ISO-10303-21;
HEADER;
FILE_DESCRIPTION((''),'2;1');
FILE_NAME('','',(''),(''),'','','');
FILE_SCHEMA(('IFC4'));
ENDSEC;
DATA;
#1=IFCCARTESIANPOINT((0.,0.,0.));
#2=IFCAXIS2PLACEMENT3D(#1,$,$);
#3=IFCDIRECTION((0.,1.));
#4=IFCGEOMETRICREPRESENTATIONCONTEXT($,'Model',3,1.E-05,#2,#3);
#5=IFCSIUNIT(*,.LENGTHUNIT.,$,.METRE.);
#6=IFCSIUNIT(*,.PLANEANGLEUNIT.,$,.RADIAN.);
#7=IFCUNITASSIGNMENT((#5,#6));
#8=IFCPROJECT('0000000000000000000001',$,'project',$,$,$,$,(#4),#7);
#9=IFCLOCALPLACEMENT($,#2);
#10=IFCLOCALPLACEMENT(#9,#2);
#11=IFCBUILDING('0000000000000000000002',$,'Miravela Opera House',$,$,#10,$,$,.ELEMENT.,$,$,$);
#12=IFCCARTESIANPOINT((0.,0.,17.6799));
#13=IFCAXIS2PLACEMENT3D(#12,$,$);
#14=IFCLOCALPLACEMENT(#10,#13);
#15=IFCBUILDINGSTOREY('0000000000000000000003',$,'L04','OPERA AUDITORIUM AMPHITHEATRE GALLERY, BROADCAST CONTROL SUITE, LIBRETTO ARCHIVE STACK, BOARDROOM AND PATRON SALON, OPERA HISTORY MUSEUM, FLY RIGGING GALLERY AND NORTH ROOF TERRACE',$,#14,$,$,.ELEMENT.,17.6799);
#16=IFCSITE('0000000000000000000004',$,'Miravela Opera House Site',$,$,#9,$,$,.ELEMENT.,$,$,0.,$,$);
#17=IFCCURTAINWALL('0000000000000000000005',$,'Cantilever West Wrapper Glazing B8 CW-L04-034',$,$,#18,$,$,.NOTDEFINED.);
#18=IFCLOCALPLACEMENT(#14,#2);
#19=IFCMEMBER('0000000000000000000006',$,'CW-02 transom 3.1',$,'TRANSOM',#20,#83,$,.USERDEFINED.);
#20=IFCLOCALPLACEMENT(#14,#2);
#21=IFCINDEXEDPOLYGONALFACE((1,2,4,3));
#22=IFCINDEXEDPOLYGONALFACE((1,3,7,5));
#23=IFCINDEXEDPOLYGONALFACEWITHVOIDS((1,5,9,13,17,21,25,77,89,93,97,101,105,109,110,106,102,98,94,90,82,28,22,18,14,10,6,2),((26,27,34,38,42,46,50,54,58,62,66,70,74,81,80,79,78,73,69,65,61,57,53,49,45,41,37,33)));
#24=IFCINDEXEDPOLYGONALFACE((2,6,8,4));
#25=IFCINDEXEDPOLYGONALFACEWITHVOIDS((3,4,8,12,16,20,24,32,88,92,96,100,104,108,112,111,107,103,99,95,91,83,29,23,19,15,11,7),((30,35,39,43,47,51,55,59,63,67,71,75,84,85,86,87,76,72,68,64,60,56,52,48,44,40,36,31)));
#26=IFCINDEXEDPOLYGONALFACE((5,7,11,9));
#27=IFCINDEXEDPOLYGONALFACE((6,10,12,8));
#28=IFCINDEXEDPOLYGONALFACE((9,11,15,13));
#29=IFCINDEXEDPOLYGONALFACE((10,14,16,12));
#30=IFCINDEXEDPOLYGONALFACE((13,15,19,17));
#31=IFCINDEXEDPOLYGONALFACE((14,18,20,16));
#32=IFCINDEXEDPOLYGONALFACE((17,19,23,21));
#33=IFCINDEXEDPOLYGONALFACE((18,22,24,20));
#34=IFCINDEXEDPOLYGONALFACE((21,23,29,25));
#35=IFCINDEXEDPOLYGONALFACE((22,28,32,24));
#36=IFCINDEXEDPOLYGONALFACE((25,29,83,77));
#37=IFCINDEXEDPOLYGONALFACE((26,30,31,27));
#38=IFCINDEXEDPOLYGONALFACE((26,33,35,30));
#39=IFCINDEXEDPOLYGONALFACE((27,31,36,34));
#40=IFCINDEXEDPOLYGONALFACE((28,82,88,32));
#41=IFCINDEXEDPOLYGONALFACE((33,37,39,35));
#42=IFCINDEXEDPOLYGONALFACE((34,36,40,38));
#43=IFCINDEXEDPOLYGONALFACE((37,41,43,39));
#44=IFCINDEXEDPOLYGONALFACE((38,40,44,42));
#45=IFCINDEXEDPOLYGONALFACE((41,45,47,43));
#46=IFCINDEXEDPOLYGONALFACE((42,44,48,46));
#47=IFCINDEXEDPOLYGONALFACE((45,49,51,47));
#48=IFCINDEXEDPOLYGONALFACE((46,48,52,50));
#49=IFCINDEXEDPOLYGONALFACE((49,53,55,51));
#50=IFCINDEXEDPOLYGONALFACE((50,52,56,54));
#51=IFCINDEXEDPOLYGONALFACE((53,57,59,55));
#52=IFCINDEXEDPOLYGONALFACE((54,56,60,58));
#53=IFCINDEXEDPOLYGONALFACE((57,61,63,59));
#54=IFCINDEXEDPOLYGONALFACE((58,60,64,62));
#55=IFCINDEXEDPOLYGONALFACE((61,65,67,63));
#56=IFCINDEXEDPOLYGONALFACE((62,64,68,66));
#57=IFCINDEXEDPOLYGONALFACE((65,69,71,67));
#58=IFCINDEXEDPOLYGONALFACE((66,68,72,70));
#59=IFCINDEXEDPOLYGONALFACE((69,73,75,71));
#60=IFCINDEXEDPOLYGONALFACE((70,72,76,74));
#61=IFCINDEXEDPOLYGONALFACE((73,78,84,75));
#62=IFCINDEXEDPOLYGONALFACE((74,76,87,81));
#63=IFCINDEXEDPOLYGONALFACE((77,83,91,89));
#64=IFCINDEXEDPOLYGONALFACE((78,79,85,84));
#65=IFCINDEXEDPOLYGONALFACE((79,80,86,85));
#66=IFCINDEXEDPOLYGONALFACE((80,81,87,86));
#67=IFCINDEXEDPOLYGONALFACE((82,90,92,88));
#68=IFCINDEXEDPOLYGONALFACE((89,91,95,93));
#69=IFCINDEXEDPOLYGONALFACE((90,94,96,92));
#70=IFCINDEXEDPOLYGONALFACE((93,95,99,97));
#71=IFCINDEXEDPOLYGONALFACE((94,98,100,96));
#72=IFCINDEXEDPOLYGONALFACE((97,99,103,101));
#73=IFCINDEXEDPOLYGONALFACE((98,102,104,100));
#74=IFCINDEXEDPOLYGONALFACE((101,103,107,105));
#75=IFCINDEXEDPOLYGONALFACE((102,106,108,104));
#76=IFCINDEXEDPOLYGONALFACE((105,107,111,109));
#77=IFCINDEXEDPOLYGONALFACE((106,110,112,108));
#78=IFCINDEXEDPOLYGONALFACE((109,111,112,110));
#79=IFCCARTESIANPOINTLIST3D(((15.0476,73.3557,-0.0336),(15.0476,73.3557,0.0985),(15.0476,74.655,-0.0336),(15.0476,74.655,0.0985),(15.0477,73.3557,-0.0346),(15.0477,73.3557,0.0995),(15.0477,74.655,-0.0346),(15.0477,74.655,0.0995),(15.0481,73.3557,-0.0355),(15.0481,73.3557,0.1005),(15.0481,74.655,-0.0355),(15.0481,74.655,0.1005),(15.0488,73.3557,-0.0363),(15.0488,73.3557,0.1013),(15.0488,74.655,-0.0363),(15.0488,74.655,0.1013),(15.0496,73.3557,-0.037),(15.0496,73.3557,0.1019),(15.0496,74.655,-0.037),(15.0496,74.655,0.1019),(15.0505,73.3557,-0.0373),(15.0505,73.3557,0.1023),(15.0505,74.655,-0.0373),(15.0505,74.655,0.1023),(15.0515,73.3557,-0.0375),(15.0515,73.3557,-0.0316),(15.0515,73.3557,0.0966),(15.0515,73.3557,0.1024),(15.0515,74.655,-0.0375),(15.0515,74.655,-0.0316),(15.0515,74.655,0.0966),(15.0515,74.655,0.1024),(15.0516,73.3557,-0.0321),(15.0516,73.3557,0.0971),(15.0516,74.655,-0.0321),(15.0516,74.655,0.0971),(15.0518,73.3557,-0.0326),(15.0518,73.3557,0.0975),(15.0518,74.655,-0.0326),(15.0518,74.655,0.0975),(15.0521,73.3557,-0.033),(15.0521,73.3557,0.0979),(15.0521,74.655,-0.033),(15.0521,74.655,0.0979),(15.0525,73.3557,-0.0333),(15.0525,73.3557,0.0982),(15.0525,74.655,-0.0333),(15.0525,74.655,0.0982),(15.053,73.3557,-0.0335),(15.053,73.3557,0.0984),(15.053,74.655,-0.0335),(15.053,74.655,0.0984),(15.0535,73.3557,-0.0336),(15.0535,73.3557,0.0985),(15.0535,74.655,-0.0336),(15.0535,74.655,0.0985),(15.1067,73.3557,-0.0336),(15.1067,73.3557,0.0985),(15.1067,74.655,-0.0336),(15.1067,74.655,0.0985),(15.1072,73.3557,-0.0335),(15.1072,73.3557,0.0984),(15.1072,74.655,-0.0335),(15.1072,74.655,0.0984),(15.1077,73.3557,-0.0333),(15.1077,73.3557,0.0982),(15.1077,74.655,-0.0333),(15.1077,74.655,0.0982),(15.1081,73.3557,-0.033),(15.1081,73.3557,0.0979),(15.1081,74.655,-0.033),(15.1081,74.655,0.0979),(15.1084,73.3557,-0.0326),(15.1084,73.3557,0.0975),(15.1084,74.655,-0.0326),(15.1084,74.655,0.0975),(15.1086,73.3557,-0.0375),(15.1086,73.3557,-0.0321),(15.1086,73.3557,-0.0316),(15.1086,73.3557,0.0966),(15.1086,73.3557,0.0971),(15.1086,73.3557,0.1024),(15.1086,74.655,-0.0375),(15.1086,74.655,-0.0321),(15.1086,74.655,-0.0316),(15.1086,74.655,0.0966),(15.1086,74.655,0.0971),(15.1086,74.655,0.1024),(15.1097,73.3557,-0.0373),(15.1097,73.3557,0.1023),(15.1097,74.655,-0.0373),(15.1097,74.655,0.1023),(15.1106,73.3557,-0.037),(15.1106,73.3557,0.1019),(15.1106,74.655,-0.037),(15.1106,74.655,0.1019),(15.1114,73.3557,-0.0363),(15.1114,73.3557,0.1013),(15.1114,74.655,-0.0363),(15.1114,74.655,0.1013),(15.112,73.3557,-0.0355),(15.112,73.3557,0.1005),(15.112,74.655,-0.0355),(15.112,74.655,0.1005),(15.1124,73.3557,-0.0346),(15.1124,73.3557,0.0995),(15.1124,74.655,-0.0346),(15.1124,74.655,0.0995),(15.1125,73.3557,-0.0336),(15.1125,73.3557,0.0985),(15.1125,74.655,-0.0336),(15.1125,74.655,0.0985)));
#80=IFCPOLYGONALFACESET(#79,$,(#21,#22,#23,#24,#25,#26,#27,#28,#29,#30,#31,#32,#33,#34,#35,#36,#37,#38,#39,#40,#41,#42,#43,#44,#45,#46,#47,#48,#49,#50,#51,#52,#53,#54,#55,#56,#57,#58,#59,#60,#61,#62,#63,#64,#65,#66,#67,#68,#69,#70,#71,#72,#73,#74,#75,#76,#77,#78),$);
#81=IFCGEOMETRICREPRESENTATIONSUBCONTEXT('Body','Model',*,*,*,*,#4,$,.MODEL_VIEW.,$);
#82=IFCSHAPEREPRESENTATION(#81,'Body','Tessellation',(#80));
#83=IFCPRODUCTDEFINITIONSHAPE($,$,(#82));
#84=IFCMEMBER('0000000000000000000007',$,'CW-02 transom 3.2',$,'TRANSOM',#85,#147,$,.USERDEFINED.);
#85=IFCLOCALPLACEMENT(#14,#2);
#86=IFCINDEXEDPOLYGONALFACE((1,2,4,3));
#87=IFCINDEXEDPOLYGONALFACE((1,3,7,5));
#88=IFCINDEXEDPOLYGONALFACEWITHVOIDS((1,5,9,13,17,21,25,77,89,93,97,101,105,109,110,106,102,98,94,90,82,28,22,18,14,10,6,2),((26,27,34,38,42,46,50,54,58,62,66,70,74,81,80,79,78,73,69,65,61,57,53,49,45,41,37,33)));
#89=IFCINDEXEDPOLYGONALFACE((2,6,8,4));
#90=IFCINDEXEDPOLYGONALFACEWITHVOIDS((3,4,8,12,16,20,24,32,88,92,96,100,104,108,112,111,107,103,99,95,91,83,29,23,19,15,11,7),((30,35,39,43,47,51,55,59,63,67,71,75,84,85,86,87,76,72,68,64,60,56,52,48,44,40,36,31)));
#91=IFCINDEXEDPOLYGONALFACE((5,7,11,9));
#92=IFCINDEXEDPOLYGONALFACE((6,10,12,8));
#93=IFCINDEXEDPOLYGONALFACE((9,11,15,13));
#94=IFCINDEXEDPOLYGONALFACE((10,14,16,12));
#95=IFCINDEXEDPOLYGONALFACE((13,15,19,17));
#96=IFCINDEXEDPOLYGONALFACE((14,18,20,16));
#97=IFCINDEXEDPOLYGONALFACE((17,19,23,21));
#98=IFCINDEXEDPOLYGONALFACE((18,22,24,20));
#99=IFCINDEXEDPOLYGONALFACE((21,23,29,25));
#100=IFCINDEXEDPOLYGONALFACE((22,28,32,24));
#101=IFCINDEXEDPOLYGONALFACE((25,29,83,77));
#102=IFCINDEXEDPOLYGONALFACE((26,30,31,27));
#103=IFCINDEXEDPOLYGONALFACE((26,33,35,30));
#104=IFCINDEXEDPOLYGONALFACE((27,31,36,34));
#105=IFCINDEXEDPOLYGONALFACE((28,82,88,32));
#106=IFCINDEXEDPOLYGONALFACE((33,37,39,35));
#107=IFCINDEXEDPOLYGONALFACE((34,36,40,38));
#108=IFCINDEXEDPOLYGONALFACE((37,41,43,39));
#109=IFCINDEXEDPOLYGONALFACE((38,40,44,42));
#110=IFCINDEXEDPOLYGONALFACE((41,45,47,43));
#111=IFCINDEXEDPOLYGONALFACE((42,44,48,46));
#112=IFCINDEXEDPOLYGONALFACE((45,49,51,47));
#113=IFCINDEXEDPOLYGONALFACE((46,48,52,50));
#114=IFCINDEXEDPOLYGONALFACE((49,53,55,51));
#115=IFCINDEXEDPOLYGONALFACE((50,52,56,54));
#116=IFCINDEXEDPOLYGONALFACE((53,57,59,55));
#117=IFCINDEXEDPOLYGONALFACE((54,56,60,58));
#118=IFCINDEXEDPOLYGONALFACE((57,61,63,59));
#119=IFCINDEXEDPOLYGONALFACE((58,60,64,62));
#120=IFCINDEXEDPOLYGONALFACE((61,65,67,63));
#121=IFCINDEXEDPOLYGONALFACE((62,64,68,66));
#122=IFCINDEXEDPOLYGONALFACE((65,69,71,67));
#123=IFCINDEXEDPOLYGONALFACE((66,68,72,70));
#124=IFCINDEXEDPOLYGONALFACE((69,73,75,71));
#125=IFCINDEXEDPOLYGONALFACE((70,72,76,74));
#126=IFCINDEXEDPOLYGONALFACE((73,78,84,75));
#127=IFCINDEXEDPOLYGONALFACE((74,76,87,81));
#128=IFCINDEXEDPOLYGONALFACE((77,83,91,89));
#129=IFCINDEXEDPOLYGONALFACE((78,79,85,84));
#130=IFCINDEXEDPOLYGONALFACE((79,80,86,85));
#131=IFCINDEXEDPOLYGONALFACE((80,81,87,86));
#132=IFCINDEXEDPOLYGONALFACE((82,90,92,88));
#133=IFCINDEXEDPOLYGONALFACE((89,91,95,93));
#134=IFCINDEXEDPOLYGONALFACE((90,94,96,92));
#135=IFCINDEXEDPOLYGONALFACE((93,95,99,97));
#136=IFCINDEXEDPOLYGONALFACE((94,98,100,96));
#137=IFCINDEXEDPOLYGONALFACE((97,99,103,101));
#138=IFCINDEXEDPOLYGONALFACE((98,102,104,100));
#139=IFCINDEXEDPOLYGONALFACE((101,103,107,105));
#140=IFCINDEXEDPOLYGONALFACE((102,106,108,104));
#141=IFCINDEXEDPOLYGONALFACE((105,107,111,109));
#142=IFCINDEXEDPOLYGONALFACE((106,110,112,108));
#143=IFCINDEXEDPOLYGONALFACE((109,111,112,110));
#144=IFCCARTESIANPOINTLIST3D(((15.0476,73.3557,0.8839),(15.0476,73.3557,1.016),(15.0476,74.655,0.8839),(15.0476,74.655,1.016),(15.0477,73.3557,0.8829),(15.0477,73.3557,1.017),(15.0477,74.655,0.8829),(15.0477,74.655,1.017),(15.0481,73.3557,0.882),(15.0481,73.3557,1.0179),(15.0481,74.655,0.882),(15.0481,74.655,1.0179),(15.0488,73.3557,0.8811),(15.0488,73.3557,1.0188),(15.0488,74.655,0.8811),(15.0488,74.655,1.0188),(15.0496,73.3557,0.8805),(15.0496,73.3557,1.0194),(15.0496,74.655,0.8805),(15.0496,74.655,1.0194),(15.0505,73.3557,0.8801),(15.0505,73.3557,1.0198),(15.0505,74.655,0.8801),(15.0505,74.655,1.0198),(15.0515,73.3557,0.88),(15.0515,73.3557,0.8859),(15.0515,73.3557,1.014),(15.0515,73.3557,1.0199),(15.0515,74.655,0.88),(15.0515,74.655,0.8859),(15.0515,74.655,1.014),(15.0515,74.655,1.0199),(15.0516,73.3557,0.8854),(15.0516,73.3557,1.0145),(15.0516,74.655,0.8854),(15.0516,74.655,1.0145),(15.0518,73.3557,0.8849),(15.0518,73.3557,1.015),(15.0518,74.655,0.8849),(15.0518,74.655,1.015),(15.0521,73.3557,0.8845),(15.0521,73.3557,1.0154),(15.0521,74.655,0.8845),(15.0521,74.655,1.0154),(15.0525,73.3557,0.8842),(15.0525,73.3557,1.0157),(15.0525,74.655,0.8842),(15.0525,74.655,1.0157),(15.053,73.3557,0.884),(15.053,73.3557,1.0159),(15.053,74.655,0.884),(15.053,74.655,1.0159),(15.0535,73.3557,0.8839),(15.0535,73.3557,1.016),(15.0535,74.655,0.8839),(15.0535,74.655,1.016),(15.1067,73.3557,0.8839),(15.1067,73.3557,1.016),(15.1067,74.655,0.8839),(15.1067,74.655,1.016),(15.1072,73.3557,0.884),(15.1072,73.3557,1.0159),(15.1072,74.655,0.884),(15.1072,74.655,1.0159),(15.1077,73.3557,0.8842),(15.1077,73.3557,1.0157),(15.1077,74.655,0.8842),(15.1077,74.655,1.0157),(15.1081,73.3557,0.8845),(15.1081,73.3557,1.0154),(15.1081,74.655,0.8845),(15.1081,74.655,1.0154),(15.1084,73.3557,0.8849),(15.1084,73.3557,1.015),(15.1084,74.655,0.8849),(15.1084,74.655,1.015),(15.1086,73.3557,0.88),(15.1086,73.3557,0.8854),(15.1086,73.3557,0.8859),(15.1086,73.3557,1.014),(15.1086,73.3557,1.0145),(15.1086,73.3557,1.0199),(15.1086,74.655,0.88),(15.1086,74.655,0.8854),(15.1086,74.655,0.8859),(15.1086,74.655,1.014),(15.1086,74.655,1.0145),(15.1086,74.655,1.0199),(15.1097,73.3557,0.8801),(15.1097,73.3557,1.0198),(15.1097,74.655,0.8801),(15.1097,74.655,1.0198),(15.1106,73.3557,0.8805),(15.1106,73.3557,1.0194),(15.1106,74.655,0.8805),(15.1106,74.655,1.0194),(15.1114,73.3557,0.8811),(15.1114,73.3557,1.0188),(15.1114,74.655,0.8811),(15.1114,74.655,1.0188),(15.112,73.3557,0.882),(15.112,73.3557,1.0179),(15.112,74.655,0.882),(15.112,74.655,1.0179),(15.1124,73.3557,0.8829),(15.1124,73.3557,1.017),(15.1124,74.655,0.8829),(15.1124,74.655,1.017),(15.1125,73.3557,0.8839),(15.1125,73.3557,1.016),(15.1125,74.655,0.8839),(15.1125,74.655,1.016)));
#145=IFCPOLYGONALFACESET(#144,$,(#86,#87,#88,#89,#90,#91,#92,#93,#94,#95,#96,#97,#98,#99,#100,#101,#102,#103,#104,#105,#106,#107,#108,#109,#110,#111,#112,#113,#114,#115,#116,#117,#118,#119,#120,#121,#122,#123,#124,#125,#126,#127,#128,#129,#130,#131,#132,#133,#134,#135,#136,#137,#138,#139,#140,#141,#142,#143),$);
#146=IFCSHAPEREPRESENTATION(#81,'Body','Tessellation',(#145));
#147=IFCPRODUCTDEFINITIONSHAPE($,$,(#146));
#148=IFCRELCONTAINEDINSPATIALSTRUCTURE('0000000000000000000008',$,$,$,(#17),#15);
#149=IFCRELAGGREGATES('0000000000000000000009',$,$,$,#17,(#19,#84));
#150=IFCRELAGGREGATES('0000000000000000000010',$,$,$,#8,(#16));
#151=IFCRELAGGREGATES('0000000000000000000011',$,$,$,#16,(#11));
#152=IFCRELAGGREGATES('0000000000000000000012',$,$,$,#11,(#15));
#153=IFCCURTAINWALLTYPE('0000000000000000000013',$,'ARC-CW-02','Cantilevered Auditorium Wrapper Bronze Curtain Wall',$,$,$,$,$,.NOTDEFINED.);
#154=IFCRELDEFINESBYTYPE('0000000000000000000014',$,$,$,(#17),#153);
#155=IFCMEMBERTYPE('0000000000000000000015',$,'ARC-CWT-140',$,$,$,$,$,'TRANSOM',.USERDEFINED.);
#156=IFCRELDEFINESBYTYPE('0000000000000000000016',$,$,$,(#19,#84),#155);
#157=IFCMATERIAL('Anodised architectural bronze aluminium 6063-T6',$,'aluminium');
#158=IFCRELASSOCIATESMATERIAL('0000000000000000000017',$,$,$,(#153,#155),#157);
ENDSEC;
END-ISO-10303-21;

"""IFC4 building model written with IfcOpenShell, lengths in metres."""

from ifc_helpers import new_model, si_unit, direction, frame, origin, origin_2d, place, context, subcontext, project, spatial, hollow_rectangle, extrude, material, material_profile, profile_set, type_object, element, aggregate, save


model = new_model("IFC4")

# Units and contexts
model_context = context("Model", 3, precision=1e-05, world=origin(), true_north=direction((0.0, 1.0)))
body_context = subcontext(model_context, "Body", "Model", "MODEL_VIEW")
ifc_project = project(units=[si_unit("LENGTHUNIT", "METRE"), si_unit("PLANEANGLEUNIT", "RADIAN")], contexts=[model_context])

# Site, building, storey
site_placement = place(None, origin())
site = spatial("IfcSite", under=ifc_project, at=site_placement, Name="Miravela Opera House Site", CompositionType="ELEMENT", RefElevation=0.0)
building_placement = place(site_placement, origin())
building = spatial("IfcBuilding", under=site, at=building_placement, Name="Miravela Opera House", CompositionType="ELEMENT")
storey_placement = place(building_placement, frame((0.0, 0.0, 17.6799)))
storey = spatial("IfcBuildingStorey", under=building, at=storey_placement, Name="L04", Description="OPERA AUDITORIUM AMPHITHEATRE GALLERY, BROADCAST CONTROL SUITE, LIBRETTO ARCHIVE STACK, BOARDROOM AND PATRON SALON, OPERA HISTORY MUSEUM, FLY RIGGING GALLERY AND NORTH ROOF TERRACE", CompositionType="ELEMENT", Elevation=17.6799)

# Curtain wall
ifc_material_1 = material(Name="Anodised architectural bronze aluminium 6063-T6", Category="aluminium")
curtain_wall_type = type_object("IfcCurtainWallType", Name="ARC-CW-02", Description="Cantilevered Auditorium Wrapper Bronze Curtain Wall", PredefinedType="NOTDEFINED", material=ifc_material_1)
curtain_wall_1_placement = place(storey_placement, origin())
curtain_wall_1 = element("IfcCurtainWall", 1, at=curtain_wall_1_placement, inside=storey, type_object=curtain_wall_type, Name="Cantilever West Wrapper Glazing B8 CW-L04-034", PredefinedType="NOTDEFINED")

# Members
ifc_material_profile_1 = material_profile(ifc_material_1, hollow_rectangle(XDim=0.0649, YDim=0.1399, WallThickness=0.0039, InnerFilletRadius=0.002, OuterFilletRadius=0.0039, at=origin_2d()), Name="CWT-65X140")
ifc_profile_set_1 = profile_set([ifc_material_profile_1])
member_type_1 = type_object("IfcMemberType", Name="ARC-CWT-140", ElementType="TRANSOM", PredefinedType="USERDEFINED", material=ifc_profile_set_1)
member_1_placement = place(storey_placement, frame((15.0801, 73.3557, 0.0325), z_axis=(0.0, 1.0, 0.0), x_axis=(-1.0, 0.0, 0.0)))
member_1 = element("IfcMember", 2, at=member_1_placement, type_object=member_type_1, Name="CW-02 transom 3.1", ObjectType="TRANSOM", PredefinedType="USERDEFINED", context=body_context, shape_type="SweptSolid", body=[
    extrude(hollow_rectangle(XDim=0.0649, YDim=0.1399, WallThickness=0.0039, InnerFilletRadius=0.002, OuterFilletRadius=0.0039, at=origin_2d()), origin(), (0.0, 0.0, 1.0), 1.2993),
])
member_2_placement = place(storey_placement, frame((15.0801, 73.3557, 0.95), z_axis=(0.0, 1.0, 0.0), x_axis=(-1.0, 0.0, 0.0)))
member_2 = element("IfcMember", 3, at=member_2_placement, type_object=member_type_1, Name="CW-02 transom 3.2", ObjectType="TRANSOM", PredefinedType="USERDEFINED", context=body_context, shape_type="SweptSolid", body=[
    extrude(hollow_rectangle(XDim=0.0649, YDim=0.1399, WallThickness=0.0039, InnerFilletRadius=0.002, OuterFilletRadius=0.0039, at=origin_2d()), origin(), (0.0, 0.0, 1.0), 1.2993),
])

aggregate(curtain_wall_1, [member_1, member_2])

save(model, "model.ifc")
